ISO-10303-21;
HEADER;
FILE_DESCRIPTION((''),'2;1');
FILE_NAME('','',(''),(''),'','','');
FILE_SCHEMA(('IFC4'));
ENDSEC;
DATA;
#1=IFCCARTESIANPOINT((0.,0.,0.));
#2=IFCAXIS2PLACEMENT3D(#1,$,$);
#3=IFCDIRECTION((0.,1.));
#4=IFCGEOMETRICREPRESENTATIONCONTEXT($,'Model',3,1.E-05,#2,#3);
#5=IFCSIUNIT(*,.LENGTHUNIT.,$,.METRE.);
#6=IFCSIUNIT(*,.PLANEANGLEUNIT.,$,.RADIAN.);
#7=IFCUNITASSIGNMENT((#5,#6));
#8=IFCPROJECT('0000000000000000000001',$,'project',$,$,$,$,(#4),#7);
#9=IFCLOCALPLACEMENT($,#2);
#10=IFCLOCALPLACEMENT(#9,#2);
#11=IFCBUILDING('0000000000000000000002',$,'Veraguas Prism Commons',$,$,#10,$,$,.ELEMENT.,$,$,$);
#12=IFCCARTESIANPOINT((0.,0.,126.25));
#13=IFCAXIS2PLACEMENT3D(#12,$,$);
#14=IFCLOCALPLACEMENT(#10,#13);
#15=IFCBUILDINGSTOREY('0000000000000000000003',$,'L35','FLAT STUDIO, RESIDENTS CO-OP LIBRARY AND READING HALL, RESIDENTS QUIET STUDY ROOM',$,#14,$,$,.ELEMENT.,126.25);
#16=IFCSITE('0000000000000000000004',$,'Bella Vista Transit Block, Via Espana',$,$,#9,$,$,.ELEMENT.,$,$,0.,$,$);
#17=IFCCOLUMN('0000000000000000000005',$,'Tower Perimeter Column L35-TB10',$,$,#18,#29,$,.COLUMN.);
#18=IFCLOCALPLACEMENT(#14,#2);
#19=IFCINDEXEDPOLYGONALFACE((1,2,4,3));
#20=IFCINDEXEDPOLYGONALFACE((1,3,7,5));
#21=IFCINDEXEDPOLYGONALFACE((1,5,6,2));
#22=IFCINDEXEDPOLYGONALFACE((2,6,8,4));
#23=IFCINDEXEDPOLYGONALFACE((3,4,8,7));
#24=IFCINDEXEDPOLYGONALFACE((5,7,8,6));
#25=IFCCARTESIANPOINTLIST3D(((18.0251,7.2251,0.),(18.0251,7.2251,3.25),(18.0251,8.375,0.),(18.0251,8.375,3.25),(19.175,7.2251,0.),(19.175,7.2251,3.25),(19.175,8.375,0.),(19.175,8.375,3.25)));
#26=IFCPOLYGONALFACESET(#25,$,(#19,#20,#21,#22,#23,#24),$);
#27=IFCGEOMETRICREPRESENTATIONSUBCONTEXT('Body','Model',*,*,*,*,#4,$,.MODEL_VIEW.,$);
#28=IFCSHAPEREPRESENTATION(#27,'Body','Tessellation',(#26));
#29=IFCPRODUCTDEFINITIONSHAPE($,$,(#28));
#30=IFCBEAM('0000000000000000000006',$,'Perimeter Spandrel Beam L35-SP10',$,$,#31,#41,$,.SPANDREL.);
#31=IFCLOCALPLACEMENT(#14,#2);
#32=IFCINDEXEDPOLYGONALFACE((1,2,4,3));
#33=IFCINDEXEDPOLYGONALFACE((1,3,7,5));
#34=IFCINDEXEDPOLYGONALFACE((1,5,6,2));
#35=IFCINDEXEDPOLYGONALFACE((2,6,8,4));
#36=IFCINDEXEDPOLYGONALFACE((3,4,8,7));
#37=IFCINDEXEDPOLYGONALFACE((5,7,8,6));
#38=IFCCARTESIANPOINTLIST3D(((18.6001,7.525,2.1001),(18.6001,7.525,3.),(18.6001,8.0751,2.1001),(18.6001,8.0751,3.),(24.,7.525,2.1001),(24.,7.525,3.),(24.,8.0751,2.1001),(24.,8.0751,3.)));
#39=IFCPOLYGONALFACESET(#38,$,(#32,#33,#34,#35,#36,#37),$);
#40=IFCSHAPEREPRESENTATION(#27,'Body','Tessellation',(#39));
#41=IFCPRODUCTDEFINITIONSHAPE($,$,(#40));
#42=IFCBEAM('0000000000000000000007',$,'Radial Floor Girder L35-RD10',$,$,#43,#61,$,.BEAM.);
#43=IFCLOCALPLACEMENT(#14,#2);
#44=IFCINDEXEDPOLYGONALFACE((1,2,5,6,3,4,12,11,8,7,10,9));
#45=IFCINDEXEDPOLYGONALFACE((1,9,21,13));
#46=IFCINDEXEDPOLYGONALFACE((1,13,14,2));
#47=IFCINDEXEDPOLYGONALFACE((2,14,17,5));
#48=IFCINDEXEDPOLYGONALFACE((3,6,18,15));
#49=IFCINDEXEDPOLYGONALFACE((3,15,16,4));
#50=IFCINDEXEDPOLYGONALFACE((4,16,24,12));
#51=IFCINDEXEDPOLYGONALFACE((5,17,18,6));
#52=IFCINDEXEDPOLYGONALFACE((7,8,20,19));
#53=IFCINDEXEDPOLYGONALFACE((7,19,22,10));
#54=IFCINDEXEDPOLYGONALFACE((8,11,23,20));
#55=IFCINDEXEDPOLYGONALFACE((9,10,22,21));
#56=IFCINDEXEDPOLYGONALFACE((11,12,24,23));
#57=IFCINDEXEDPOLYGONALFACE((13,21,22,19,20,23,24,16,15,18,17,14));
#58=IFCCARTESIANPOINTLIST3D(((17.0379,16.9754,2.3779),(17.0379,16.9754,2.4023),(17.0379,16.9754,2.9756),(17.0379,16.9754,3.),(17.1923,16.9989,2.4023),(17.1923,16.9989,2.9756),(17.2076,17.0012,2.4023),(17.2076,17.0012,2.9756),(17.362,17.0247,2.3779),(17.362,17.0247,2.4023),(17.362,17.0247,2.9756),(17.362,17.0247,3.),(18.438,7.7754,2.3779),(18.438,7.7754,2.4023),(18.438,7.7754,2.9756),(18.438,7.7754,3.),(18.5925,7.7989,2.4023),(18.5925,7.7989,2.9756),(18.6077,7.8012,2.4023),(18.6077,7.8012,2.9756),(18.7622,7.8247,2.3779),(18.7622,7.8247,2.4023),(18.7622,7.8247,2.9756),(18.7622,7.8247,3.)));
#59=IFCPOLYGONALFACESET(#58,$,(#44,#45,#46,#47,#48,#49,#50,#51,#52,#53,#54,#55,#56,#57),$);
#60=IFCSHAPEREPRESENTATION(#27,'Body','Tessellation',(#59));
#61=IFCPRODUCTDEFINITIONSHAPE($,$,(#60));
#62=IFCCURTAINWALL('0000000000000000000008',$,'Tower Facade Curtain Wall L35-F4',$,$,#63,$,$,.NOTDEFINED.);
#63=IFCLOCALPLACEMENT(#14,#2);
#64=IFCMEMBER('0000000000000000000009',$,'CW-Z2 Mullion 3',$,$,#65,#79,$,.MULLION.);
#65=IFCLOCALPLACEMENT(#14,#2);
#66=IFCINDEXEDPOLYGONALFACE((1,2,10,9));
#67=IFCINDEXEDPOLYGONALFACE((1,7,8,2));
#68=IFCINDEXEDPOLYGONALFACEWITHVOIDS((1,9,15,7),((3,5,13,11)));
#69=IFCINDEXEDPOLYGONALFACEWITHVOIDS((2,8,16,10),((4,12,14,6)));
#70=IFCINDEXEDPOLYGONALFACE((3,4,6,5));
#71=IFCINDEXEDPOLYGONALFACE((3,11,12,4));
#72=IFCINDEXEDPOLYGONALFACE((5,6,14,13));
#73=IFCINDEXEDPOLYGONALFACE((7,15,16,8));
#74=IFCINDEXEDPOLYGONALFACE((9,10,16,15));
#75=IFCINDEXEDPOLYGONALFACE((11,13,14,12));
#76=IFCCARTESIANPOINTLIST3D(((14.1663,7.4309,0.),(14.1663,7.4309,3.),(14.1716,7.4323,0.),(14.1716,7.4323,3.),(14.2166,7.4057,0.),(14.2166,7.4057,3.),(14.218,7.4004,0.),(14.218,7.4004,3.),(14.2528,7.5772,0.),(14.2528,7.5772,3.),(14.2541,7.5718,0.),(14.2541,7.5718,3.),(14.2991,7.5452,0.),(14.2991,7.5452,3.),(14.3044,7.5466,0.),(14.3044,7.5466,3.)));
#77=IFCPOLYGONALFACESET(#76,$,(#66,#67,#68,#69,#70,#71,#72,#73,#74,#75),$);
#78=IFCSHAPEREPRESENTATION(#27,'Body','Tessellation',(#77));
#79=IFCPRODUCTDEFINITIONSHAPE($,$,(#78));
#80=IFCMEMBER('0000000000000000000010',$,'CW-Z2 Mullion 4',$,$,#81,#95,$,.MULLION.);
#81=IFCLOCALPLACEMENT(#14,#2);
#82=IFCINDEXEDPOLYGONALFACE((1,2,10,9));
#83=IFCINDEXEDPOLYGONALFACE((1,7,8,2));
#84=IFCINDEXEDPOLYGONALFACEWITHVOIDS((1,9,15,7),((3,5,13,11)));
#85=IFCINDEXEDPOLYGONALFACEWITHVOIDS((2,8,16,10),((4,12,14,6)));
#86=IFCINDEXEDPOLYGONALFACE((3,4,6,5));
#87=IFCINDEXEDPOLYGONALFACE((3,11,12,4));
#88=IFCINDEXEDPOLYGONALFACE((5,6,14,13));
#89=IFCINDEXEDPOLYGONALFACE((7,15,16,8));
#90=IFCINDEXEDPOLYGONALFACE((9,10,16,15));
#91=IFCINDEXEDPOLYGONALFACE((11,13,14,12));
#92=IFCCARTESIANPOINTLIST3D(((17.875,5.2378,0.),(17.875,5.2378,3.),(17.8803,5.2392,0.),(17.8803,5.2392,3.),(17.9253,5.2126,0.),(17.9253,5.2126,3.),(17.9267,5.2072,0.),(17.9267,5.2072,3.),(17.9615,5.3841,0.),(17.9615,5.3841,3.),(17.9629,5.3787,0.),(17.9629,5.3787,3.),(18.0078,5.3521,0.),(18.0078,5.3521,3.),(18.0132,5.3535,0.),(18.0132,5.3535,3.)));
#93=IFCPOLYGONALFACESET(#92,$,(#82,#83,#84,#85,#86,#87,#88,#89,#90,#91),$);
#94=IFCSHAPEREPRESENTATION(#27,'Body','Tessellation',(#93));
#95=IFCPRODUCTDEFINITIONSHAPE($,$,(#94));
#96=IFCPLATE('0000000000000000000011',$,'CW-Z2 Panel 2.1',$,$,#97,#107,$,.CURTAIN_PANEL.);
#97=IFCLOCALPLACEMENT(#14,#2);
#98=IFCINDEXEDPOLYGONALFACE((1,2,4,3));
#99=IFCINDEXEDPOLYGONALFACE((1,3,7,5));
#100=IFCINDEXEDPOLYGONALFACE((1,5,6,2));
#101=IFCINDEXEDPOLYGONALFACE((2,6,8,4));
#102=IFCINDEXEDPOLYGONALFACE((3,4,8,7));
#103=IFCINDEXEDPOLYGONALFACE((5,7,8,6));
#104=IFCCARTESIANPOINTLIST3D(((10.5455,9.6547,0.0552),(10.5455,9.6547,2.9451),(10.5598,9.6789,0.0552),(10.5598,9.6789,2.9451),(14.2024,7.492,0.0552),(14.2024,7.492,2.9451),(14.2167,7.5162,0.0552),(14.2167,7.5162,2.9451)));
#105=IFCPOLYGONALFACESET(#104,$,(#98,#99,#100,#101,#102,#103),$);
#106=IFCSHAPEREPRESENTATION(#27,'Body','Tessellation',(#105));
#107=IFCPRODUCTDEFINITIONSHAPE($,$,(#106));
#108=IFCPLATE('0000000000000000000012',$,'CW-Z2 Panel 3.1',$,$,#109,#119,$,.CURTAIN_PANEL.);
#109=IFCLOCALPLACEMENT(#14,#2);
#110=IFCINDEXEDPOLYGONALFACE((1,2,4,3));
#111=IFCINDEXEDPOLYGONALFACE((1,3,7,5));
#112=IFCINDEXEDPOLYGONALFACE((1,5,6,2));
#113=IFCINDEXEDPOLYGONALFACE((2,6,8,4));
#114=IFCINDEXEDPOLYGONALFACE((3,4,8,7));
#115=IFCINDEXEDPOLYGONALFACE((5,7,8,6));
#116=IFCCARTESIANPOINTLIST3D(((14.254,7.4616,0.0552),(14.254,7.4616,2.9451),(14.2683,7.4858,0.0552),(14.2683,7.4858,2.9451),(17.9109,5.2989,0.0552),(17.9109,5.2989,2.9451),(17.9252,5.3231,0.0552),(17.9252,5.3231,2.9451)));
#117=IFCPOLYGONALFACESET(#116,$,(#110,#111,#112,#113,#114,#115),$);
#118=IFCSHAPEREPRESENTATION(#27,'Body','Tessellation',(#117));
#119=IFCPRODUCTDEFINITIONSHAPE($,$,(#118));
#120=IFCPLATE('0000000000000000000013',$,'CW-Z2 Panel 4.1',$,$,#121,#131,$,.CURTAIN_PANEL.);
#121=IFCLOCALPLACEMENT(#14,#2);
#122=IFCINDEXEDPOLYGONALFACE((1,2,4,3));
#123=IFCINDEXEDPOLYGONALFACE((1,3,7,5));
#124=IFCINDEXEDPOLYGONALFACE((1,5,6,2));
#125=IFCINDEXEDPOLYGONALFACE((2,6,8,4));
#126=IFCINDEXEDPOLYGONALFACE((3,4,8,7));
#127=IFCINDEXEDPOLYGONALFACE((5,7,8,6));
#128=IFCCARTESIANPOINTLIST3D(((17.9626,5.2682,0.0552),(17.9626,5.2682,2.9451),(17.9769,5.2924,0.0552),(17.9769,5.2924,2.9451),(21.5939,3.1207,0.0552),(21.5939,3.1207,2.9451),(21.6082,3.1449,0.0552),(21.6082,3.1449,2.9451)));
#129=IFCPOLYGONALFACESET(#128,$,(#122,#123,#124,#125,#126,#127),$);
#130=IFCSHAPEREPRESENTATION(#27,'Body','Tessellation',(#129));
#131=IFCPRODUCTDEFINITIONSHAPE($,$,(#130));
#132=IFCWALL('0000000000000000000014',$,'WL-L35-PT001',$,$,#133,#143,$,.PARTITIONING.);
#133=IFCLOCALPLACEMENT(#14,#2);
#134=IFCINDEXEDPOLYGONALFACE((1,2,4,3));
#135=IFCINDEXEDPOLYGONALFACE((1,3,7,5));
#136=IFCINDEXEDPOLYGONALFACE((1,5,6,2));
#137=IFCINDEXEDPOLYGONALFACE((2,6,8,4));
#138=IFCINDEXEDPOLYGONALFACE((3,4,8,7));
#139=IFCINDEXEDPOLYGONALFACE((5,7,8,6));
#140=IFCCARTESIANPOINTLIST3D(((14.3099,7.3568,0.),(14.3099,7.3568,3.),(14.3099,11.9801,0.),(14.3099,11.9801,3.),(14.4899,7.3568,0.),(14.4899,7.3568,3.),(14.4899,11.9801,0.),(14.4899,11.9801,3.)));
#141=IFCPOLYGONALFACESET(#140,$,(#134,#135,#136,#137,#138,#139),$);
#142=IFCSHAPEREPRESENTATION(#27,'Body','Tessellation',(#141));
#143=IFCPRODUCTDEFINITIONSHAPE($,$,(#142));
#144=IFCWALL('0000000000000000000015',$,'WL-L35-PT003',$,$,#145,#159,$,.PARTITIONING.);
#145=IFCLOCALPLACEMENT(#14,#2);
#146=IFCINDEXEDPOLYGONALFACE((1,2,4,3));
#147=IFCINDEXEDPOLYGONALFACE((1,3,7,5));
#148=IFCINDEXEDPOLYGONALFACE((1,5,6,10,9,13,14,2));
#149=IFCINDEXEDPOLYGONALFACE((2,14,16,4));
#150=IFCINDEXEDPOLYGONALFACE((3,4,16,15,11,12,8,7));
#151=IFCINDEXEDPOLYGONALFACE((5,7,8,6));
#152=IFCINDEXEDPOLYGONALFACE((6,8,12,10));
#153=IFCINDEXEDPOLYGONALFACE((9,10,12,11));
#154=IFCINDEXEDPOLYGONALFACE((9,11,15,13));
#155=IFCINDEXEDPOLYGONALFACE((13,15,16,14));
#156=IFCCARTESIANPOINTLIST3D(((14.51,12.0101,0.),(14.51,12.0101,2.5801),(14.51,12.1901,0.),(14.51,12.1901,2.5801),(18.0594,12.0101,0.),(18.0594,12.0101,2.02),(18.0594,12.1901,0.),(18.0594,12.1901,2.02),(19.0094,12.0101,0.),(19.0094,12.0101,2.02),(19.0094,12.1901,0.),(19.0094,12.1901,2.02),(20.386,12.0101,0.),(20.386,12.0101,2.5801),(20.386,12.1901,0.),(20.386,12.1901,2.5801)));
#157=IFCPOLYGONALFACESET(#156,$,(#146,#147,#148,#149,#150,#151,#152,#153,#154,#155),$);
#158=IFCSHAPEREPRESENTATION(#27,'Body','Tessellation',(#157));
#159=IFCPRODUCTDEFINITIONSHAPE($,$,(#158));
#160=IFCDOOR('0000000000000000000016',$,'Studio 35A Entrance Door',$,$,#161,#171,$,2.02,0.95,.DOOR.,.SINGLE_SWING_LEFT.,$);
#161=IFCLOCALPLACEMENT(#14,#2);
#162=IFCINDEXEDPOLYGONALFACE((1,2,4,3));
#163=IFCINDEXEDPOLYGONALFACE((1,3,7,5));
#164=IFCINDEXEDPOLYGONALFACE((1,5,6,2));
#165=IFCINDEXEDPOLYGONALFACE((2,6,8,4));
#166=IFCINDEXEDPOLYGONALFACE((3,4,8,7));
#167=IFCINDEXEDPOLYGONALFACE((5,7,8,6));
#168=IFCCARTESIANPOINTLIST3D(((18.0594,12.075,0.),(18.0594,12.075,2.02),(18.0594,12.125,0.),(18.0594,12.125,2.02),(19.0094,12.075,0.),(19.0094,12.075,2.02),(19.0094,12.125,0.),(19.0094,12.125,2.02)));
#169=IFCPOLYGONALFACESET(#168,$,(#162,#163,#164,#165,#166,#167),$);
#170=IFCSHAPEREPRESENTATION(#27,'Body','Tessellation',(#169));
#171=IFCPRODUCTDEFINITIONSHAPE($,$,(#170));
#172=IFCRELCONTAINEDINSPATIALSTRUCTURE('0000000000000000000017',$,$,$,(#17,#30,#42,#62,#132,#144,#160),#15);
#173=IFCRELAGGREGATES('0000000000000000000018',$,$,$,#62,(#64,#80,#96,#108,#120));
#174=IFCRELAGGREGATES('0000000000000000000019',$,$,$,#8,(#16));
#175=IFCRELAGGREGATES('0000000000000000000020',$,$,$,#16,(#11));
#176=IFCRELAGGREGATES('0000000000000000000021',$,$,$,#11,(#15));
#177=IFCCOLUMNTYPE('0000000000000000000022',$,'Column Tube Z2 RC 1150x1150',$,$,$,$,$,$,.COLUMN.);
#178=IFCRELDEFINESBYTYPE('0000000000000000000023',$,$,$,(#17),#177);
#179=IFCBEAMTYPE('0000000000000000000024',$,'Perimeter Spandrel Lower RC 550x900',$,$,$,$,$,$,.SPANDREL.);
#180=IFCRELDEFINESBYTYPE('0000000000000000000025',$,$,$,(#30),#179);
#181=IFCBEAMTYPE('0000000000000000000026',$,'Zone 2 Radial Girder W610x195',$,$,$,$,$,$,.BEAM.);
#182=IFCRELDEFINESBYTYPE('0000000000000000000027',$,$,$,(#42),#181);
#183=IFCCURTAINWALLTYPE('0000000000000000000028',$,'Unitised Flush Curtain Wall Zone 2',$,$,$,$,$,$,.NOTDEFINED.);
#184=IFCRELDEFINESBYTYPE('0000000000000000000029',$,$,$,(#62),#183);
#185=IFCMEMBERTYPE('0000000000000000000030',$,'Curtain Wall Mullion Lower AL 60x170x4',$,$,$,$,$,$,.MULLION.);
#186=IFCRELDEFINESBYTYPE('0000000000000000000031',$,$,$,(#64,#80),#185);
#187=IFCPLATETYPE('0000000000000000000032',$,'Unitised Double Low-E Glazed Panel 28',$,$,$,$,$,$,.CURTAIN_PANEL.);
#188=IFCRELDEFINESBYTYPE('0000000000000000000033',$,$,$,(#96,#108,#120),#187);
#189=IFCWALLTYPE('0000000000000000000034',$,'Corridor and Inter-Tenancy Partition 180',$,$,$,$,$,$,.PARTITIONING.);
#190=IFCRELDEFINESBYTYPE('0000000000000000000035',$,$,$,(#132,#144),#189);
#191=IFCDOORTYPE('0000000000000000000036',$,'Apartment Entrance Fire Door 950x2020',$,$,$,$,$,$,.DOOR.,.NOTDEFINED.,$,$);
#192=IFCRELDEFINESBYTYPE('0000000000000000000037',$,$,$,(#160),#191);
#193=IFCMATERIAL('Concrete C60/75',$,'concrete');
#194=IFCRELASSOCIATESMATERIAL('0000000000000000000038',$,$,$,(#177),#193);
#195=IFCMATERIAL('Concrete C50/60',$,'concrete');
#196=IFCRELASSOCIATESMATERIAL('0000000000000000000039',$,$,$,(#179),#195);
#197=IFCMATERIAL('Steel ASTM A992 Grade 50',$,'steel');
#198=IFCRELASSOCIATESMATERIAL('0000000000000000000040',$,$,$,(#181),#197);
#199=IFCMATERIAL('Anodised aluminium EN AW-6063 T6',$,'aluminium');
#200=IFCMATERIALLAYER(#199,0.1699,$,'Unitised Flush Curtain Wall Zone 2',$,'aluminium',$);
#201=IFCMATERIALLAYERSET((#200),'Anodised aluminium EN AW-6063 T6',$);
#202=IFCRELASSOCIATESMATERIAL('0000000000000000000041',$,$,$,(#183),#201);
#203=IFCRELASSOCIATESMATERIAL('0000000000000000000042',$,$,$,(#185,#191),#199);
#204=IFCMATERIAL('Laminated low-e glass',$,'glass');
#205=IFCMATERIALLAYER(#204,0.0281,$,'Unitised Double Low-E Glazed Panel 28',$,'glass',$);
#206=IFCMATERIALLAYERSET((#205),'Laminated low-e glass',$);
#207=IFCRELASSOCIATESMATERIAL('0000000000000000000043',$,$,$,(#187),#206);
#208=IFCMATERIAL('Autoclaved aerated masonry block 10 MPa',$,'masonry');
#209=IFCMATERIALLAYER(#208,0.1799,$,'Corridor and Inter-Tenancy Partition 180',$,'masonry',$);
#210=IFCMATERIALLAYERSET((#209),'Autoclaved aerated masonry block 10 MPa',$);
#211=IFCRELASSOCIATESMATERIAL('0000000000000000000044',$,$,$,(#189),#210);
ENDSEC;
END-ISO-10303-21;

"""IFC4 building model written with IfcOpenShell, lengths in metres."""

from ifc_helpers import new_model, si_unit, direction, frame, frame_2d, origin, origin_2d, place, context, subcontext, project, spatial, rectangle, hollow_rectangle, i_section, extrude, source, transform, mapped, material, layer, layer_set, material_profile, profile_set, type_object, element, fill, aggregate, save


model = new_model("IFC4")

# Units and contexts
model_context = context("Model", 3, precision=1e-05, world=origin(), true_north=direction((0.0, 1.0)))
body_context = subcontext(model_context, "Body", "Model", "MODEL_VIEW")
ifc_project = project(units=[si_unit("LENGTHUNIT", "METRE"), si_unit("PLANEANGLEUNIT", "RADIAN")], contexts=[model_context])

# Site, building, storey
site_placement = place(None, origin())
site = spatial("IfcSite", under=ifc_project, at=site_placement, Name="Bella Vista Transit Block, Via Espana", CompositionType="ELEMENT", RefElevation=0.0)
building_placement = place(site_placement, origin())
building = spatial("IfcBuilding", under=site, at=building_placement, Name="Veraguas Prism Commons", CompositionType="ELEMENT")
storey_placement = place(building_placement, frame((0.0, 0.0, 126.25)))
storey = spatial("IfcBuildingStorey", under=building, at=storey_placement, Name="L35", Description="FLAT STUDIO, RESIDENTS CO-OP LIBRARY AND READING HALL, RESIDENTS QUIET STUDY ROOM", CompositionType="ELEMENT", Elevation=126.25)

# Column
ifc_material_1 = material(Name="Concrete C60/75", Category="concrete")
ifc_material_profile_1 = material_profile(ifc_material_1, rectangle(XDim=1.1499, YDim=1.1499, at=origin_2d()), Name="RC1150X1150")
ifc_profile_set_1 = profile_set([ifc_material_profile_1], Name="Concrete C60/75")
column_type = type_object("IfcColumnType", Name="Column Tube Z2 RC 1150x1150", PredefinedType="COLUMN", material=ifc_profile_set_1)
column_placement = place(storey_placement, frame((18.6001, 7.8, 0.0), z_axis=(0.0, 0.0, 1.0), x_axis=(1.0, 0.0, 0.0)))
element("IfcColumn", 1, at=column_placement, inside=storey, type_object=column_type, Name="Tower Perimeter Column L35-TB10", PredefinedType="COLUMN", context=body_context, shape_type="SweptSolid", body=[
    extrude(rectangle(XDim=1.1499, YDim=1.1499, at=origin_2d()), origin(), (0.0, 0.0, 1.0), 3.25),
])

# Beams
ifc_material_2 = material(Name="Concrete C50/60", Category="concrete")
ifc_material_profile_2 = material_profile(ifc_material_2, rectangle(XDim=0.55, YDim=0.8999, at=origin_2d()), Name="RC550X900")
ifc_profile_set_2 = profile_set([ifc_material_profile_2], Name="Concrete C50/60")
beam_type_1 = type_object("IfcBeamType", Name="Perimeter Spandrel Lower RC 550x900", PredefinedType="SPANDREL", material=ifc_profile_set_2)
beam_1_placement = place(storey_placement, frame((18.6001, 7.8, 2.55), z_axis=(1.0, 0.0, 0.0), x_axis=(0.0, 1.0, 0.0)))
element("IfcBeam", 2, at=beam_1_placement, inside=storey, type_object=beam_type_1, Name="Perimeter Spandrel Beam L35-SP10", PredefinedType="SPANDREL", context=body_context, shape_type="SweptSolid", body=[
    extrude(rectangle(XDim=0.55, YDim=0.8999, at=origin_2d()), origin(), (0.0, 0.0, 1.0), 5.3999),
])
ifc_material_3 = material(Name="Steel ASTM A992 Grade 50", Category="steel")
ifc_material_profile_3 = material_profile(ifc_material_3, i_section(OverallWidth=0.3279, OverallDepth=0.6221, WebThickness=0.0154, FlangeThickness=0.0244, at=origin_2d()), Name="W610X195")
ifc_profile_set_3 = profile_set([ifc_material_profile_3], Name="Steel ASTM A992 Grade 50")
beam_type_2 = type_object("IfcBeamType", Name="Zone 2 Radial Girder W610x195", PredefinedType="BEAM", material=ifc_profile_set_3)
beam_2_placement = place(storey_placement, frame((18.6001, 7.8, 2.689), z_axis=(-0.150458, 0.988616, 0.0), x_axis=(-0.988616, -0.150458, 0.0)))
element("IfcBeam", 3, at=beam_2_placement, inside=storey, type_object=beam_type_2, Name="Radial Floor Girder L35-RD10", PredefinedType="BEAM", context=body_context, shape_type="SweptSolid", body=[
    extrude(i_section(OverallWidth=0.3279, OverallDepth=0.6221, WebThickness=0.0154, FlangeThickness=0.0244, at=origin_2d()), origin(), (0.0, 0.0, 1.0), 9.3059),
])

# Curtain wall, members, plates
ifc_material_4 = material(Name="Anodised aluminium EN AW-6063 T6", Category="aluminium")
ifc_layer_1 = layer(ifc_material_4, 0.1699, Name="Unitised Flush Curtain Wall Zone 2", Category="aluminium")
ifc_layer_set_1 = layer_set([ifc_layer_1], Name="Anodised aluminium EN AW-6063 T6")
curtain_wall_type = type_object("IfcCurtainWallType", Name="Unitised Flush Curtain Wall Zone 2", PredefinedType="NOTDEFINED", material=ifc_layer_set_1)
curtain_wall_placement = place(storey_placement, origin())
curtain_wall = element("IfcCurtainWall", 4, at=curtain_wall_placement, inside=storey, type_object=curtain_wall_type, Name="Tower Facade Curtain Wall L35-F4", PredefinedType="NOTDEFINED")
ifc_material_profile_4 = material_profile(ifc_material_4, hollow_rectangle(XDim=0.0601, YDim=0.1699, WallThickness=0.0039, at=origin_2d()), Name="AL60X170X4")
ifc_profile_set_4 = profile_set([ifc_material_profile_4], Name="Anodised aluminium EN AW-6063 T6")
member_type = type_object("IfcMemberType", Name="Curtain Wall Mullion Lower AL 60x170x4", PredefinedType="MULLION", material=ifc_profile_set_4)
shared_shape_1 = source(origin(), body_context, "Body", "SweptSolid", [
    extrude(hollow_rectangle(XDim=0.0601, YDim=0.1699, WallThickness=0.0039, at=origin_2d()), origin(), (0.0, 0.0, 1.0), 3.0),
])
member_1_placement = place(storey_placement, frame((14.2354, 7.4888, 0.0), z_axis=(0.0, 0.0, 1.0), x_axis=(0.860742, -0.509041, 0.0)))
member_1 = element("IfcMember", 5, at=member_1_placement, type_object=member_type, Name="CW-Z2 Mullion 3", PredefinedType="MULLION", context=body_context, shape_type="MappedRepresentation", body=[
    mapped(shared_shape_1, transform((0.0, 0.0, 0.0), scale=1.0)),
])
member_2_placement = place(storey_placement, frame((17.9441, 5.2957, 0.0), z_axis=(0.0, 0.0, 1.0), x_axis=(0.860742, -0.509041, 0.0)))
member_2 = element("IfcMember", 6, at=member_2_placement, type_object=member_type, Name="CW-Z2 Mullion 4", PredefinedType="MULLION", context=body_context, shape_type="MappedRepresentation", body=[
    mapped(shared_shape_1, transform((0.0, 0.0, 0.0), scale=1.0)),
])
ifc_material_5 = material(Name="Laminated low-e glass", Category="glass")
ifc_layer_2 = layer(ifc_material_5, 0.0281, Name="Unitised Double Low-E Glazed Panel 28", Category="glass")
ifc_layer_set_2 = layer_set([ifc_layer_2], Name="Laminated low-e glass")
plate_type = type_object("IfcPlateType", Name="Unitised Double Low-E Glazed Panel 28", PredefinedType="CURTAIN_PANEL", material=ifc_layer_set_2)
shared_shape_2 = source(origin(), body_context, "Body", "SweptSolid", [
    extrude(rectangle(XDim=4.2485, YDim=0.0281, at=origin_2d()), origin(), (0.0, 0.0, 1.0), 2.8899),
])
plate_1_placement = place(storey_placement, frame((12.3811, 8.5854, 0.0552), z_axis=(0.0, 0.0, 1.0), x_axis=(0.860742, -0.509041, 0.0)))
plate_1 = element("IfcPlate", 7, at=plate_1_placement, type_object=plate_type, Name="CW-Z2 Panel 2.1", PredefinedType="CURTAIN_PANEL", context=body_context, shape_type="MappedRepresentation", body=[
    mapped(shared_shape_2, transform((0.0, 0.0, 0.0), scale=1.0)),
])
plate_2_placement = place(storey_placement, frame((16.0896, 6.3923, 0.0552), z_axis=(0.0, 0.0, 1.0), x_axis=(0.860742, -0.509041, 0.0)))
plate_2 = element("IfcPlate", 8, at=plate_2_placement, type_object=plate_type, Name="CW-Z2 Panel 3.1", PredefinedType="CURTAIN_PANEL", context=body_context, shape_type="MappedRepresentation", body=[
    mapped(shared_shape_2, transform((0.0, 0.0, 0.0), scale=1.0)),
])
shared_shape_3 = source(origin(), body_context, "Body", "SweptSolid", [
    extrude(rectangle(XDim=4.2188, YDim=0.0281, at=origin_2d()), origin(), (0.0, 0.0, 1.0), 2.8899),
])
plate_3_placement = place(storey_placement, frame((19.7854, 4.2065, 0.0552), z_axis=(0.0, 0.0, 1.0), x_axis=(0.860742, -0.509041, 0.0)))
plate_3 = element("IfcPlate", 9, at=plate_3_placement, type_object=plate_type, Name="CW-Z2 Panel 4.1", PredefinedType="CURTAIN_PANEL", context=body_context, shape_type="MappedRepresentation", body=[
    mapped(shared_shape_3, transform((0.0, 0.0, 0.0), scale=1.0)),
])
aggregate(curtain_wall, [member_1, member_2, plate_1, plate_2, plate_3])

# Wall
ifc_material_6 = material(Name="Autoclaved aerated masonry block 10 MPa", Category="masonry")
ifc_layer_3 = layer(ifc_material_6, 0.1799, Name="Corridor and Inter-Tenancy Partition 180", Category="masonry")
ifc_layer_set_3 = layer_set([ifc_layer_3], Name="Autoclaved aerated masonry block 10 MPa")
wall_type_1 = type_object("IfcWallType", Name="Corridor and Inter-Tenancy Partition 180", PredefinedType="PARTITIONING", material=ifc_layer_set_3)
wall_1_placement = place(storey_placement, frame((14.3999, 11.98, 0.0), z_axis=(0.0, 0.0, 1.0), x_axis=(0.0, -1.0, 0.0)))
element("IfcWall", 10, at=wall_1_placement, inside=storey, type_object=wall_type_1, Name="WL-L35-PT001", PredefinedType="PARTITIONING", context=body_context, shape_type="SweptSolid", body=[
    extrude(rectangle(XDim=4.6233, YDim=0.1799, at=frame_2d((2.3115, 0.0))), origin(), (0.0, 0.0, 1.0), 3.0),
])

# Wall, opening, door
wall_2_placement = place(storey_placement, frame((14.51, 12.1001, 0.0), z_axis=(0.0, 0.0, 1.0), x_axis=(1.0, 0.0, 0.0)))
wall_2 = element("IfcWall", 11, at=wall_2_placement, inside=storey, type_object=wall_type_1, Name="WL-L35-PT003", PredefinedType="PARTITIONING", context=body_context, shape_type="SweptSolid", body=[
    extrude(rectangle(XDim=5.876, YDim=0.1799, at=frame_2d((2.938, 0.0))), origin(), (0.0, 0.0, 1.0), 2.5801),
])
opening_1_placement = place(wall_2_placement, frame((3.5493, 0.0, 0.0)))
opening_1 = element("IfcOpeningElement", 12, at=opening_1_placement, cuts=wall_2, PredefinedType="OPENING", context=body_context, shape_type="SweptSolid", body=[
    extrude(rectangle(XDim=0.95, YDim=2.02, at=frame_2d((0.4751, 1.01))), frame((0.0, 0.0999, 0.0), z_axis=(0.0, -1.0, 0.0), x_axis=(1.0, 0.0, 0.0)), (0.0, 0.0, 1.0), 0.2),
])
door_type_1 = type_object("IfcDoorType", Name="Apartment Entrance Fire Door 950x2020", OperationType="NOTDEFINED", PredefinedType="DOOR", material=ifc_material_4)
shared_shape_4 = source(origin(), body_context, "Body", "SweptSolid", [
    extrude(rectangle(XDim=0.95, YDim=2.02, at=frame_2d((0.4751, 1.01))), frame((0.0, 0.0249, 0.0), z_axis=(0.0, -1.0, 0.0), x_axis=(1.0, 0.0, 0.0)), (0.0, 0.0, 1.0), 0.05),
])
door_1_placement = place(opening_1_placement, origin())
door_1 = element("IfcDoor", 13, at=door_1_placement, inside=storey, type_object=door_type_1, Name="Studio 35A Entrance Door", OperationType="SINGLE_SWING_LEFT", OverallHeight=2.02, OverallWidth=0.95, PredefinedType="DOOR", context=body_context, shape_type="MappedRepresentation", body=[
    mapped(shared_shape_4, transform((0.0, 0.0, 0.0), scale=1.0)),
])
fill(opening_1, door_1)

save(model, "model.ifc")
